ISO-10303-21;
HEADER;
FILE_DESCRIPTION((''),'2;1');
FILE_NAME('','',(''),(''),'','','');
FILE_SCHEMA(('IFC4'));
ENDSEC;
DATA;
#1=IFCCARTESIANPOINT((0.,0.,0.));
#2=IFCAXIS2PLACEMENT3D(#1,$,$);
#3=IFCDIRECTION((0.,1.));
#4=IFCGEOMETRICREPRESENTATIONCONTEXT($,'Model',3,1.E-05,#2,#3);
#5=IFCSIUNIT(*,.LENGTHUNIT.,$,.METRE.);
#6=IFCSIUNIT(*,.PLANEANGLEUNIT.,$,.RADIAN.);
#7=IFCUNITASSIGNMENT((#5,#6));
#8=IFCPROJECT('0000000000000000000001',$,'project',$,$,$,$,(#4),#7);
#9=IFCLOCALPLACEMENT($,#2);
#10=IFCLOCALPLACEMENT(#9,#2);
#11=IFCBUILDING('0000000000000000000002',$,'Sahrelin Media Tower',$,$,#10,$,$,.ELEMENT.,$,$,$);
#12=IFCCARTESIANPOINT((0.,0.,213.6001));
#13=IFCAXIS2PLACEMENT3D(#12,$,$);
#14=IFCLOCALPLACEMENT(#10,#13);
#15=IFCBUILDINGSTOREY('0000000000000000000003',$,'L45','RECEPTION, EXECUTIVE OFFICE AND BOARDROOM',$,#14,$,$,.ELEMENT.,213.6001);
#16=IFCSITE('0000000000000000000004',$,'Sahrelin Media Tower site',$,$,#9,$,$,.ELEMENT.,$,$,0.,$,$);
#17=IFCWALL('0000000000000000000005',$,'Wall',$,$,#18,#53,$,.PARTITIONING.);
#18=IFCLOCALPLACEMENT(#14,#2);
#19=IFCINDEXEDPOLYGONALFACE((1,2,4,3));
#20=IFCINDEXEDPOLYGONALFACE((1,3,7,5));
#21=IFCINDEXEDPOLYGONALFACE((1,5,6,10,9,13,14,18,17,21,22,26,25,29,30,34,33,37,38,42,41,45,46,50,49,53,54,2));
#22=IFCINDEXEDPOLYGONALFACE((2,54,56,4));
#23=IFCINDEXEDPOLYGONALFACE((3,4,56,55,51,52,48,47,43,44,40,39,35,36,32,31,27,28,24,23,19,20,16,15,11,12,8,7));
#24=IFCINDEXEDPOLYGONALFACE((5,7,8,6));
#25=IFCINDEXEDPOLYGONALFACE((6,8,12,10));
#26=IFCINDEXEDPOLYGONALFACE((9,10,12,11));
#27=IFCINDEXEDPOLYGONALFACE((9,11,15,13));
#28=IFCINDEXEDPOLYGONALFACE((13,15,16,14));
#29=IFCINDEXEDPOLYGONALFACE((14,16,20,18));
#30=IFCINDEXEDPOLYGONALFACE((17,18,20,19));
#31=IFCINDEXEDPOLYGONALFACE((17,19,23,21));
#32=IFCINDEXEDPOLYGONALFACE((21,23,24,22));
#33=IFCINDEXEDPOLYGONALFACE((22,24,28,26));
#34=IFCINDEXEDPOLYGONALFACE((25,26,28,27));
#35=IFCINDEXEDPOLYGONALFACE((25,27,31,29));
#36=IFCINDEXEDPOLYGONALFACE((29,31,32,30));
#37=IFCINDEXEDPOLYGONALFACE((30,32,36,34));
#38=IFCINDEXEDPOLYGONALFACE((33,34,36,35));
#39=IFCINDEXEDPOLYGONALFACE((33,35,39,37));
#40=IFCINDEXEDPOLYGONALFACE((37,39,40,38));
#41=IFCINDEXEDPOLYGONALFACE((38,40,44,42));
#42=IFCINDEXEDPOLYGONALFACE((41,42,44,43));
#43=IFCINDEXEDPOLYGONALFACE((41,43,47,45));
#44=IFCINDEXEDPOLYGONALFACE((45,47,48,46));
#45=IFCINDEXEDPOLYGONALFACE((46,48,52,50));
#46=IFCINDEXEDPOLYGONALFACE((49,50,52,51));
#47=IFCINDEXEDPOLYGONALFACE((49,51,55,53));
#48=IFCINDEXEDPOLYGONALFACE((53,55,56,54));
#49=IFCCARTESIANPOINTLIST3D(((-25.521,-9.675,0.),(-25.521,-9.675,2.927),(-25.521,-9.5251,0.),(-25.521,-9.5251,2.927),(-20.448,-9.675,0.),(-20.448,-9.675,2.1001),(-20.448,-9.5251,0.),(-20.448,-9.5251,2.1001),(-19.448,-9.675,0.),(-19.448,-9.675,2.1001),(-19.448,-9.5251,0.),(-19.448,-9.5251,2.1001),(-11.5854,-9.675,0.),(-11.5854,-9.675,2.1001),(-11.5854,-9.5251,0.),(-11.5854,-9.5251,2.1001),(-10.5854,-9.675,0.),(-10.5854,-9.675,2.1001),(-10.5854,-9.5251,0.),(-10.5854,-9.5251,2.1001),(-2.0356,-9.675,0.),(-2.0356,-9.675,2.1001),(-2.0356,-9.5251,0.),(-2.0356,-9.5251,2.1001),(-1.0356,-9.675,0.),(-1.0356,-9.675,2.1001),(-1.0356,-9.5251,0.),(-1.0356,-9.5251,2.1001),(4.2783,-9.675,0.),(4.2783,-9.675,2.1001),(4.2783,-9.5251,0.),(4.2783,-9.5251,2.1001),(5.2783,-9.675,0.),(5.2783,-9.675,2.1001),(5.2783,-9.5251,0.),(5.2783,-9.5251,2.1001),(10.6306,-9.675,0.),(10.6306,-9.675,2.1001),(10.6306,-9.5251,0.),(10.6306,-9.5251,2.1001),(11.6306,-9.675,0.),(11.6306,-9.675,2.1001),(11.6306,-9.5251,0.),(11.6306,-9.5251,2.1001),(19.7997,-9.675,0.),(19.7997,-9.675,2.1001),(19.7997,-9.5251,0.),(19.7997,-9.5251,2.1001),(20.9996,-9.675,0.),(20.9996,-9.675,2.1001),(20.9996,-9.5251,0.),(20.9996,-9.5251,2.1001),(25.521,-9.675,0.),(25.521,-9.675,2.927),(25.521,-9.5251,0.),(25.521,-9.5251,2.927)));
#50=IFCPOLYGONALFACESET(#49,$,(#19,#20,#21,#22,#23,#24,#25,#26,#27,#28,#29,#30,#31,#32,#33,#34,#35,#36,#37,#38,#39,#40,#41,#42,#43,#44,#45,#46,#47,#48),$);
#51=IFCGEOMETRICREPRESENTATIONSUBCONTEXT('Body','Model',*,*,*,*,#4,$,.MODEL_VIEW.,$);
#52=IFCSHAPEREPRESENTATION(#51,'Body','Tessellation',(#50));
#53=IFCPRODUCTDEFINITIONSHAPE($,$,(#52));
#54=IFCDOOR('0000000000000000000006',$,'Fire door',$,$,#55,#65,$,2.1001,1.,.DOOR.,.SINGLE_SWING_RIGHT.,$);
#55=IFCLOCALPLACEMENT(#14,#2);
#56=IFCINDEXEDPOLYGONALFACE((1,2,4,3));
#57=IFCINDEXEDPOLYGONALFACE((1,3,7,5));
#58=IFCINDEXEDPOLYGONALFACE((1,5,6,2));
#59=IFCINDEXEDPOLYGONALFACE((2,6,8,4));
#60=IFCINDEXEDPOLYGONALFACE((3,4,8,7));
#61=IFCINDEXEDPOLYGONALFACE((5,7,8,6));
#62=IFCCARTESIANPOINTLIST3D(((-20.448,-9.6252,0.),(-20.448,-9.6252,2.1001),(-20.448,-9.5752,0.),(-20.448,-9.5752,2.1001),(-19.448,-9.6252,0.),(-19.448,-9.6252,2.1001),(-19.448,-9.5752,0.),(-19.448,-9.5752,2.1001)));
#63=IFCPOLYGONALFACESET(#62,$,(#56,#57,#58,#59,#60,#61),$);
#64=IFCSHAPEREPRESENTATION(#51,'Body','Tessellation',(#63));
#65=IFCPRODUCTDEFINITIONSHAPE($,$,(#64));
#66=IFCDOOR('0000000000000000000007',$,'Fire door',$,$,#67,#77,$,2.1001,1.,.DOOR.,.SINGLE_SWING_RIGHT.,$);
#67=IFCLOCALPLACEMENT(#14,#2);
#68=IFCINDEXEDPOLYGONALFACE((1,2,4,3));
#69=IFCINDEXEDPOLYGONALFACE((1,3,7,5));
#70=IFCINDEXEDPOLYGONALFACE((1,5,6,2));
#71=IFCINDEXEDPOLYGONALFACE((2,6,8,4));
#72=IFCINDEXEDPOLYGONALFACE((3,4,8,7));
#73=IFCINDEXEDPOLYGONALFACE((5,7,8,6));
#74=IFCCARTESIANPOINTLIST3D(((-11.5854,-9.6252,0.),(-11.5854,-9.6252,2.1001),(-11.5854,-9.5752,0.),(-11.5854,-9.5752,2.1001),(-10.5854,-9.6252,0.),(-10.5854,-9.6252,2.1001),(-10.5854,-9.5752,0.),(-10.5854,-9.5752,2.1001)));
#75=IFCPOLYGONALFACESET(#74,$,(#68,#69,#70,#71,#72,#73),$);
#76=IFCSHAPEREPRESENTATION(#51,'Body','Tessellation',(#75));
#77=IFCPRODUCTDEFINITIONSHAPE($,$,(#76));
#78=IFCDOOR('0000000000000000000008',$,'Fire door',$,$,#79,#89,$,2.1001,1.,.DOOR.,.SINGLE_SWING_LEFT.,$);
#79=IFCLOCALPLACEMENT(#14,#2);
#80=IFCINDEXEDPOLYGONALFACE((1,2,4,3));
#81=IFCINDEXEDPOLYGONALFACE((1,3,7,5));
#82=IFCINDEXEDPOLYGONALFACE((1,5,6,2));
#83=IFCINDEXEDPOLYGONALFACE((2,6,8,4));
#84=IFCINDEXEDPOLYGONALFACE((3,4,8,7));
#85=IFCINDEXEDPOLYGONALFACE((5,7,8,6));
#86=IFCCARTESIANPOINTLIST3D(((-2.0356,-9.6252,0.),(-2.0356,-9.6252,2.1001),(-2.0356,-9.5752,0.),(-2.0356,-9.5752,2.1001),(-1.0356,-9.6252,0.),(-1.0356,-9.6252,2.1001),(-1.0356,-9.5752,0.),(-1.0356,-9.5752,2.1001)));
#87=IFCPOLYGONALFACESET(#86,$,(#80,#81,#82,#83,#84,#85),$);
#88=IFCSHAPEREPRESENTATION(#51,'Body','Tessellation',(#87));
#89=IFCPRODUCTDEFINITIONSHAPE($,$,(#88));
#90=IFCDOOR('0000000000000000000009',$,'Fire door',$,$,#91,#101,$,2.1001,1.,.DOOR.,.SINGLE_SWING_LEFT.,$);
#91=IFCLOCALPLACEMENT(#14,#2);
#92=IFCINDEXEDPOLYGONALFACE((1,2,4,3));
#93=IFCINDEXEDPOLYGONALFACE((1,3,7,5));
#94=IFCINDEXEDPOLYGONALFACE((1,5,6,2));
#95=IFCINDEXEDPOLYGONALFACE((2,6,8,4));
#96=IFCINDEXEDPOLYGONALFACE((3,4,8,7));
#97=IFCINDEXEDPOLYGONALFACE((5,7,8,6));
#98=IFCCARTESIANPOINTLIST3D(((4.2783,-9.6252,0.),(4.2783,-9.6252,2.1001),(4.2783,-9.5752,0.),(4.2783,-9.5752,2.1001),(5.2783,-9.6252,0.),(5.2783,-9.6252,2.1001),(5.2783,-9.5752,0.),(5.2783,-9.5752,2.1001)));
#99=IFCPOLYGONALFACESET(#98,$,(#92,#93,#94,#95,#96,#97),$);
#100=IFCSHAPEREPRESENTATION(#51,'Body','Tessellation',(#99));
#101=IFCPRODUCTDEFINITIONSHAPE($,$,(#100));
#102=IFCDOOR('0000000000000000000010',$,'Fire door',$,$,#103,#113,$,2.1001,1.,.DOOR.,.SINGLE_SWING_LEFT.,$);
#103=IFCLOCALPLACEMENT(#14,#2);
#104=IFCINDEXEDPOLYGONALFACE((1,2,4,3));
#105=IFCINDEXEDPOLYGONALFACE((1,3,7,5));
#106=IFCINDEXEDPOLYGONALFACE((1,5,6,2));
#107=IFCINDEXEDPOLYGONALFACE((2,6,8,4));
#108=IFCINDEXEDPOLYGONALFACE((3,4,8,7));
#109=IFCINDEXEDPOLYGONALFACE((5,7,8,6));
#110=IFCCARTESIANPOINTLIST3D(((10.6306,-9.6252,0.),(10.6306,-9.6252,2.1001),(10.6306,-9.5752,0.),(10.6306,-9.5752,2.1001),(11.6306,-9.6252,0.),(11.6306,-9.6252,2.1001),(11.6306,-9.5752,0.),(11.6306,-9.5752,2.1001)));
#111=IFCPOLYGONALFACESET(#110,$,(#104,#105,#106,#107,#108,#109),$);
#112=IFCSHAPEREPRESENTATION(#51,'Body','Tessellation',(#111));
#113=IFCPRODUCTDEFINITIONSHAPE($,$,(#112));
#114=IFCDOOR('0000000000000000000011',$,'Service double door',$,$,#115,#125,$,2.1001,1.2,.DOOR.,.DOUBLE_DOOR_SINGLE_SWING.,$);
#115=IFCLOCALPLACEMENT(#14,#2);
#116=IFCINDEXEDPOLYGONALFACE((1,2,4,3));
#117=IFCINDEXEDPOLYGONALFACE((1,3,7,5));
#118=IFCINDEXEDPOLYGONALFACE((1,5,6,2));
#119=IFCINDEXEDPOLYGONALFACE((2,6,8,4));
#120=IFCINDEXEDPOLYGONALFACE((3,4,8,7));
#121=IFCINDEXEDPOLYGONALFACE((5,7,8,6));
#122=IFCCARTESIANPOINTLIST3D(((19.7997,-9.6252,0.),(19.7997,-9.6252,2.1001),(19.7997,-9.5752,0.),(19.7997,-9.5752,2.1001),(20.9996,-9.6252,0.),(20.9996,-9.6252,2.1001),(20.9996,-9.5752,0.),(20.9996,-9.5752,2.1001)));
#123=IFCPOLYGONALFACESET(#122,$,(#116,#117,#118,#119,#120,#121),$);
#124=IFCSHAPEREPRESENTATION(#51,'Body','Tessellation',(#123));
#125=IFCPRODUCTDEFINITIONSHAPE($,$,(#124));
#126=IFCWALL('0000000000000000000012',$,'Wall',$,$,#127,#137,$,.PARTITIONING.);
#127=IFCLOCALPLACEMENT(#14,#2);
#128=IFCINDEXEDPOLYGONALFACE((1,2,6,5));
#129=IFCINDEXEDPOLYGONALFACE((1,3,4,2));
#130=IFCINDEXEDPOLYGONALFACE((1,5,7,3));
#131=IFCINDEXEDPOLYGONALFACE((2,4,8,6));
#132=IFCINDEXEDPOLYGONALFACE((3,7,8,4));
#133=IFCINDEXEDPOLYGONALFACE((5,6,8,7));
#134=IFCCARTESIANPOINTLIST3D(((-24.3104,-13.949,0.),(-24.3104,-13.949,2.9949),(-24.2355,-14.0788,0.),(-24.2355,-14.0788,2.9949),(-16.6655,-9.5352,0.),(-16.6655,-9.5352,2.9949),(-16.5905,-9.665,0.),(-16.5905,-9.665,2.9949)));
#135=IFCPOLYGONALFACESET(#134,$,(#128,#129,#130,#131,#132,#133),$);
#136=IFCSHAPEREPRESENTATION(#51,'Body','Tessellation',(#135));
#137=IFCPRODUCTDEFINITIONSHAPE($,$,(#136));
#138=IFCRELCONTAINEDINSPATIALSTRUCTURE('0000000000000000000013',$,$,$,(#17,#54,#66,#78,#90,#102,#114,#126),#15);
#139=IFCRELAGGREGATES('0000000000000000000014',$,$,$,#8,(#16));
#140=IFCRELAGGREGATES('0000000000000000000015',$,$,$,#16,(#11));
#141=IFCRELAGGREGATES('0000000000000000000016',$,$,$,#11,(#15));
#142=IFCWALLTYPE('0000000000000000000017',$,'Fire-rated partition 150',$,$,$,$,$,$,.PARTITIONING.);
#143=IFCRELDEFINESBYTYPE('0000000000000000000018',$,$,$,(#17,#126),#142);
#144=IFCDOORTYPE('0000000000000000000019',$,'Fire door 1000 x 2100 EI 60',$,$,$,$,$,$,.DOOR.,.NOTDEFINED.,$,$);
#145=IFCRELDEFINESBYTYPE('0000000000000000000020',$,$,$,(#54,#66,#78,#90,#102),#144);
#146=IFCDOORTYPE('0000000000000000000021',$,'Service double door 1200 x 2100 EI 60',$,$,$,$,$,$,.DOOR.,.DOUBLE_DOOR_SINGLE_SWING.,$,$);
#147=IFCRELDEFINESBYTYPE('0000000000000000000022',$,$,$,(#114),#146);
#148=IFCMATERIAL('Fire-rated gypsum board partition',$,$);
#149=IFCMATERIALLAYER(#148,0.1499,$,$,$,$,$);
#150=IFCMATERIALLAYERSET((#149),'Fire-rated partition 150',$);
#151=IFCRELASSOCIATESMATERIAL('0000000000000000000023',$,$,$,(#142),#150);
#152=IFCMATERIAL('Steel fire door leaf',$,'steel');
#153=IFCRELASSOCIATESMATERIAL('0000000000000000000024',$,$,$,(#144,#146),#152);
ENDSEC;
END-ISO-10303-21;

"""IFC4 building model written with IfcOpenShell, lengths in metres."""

from ifc_helpers import new_model, si_unit, direction, frame, frame_2d, origin, place, context, subcontext, project, spatial, rectangle, extrude, material, layer, layer_set, type_object, element, fill, save


model = new_model("IFC4")

# Units and contexts
model_context = context("Model", 3, precision=1e-05, world=origin(), true_north=direction((0.0, 1.0)))
body_context = subcontext(model_context, "Body", "Model", "MODEL_VIEW")
ifc_project = project(units=[si_unit("LENGTHUNIT", "METRE"), si_unit("PLANEANGLEUNIT", "RADIAN")], contexts=[model_context])

# Site, building, storey
site_placement = place(None, origin())
site = spatial("IfcSite", under=ifc_project, at=site_placement, Name="Sahrelin Media Tower site", CompositionType="ELEMENT", RefElevation=0.0)
building_placement = place(site_placement, origin())
building = spatial("IfcBuilding", under=site, at=building_placement, Name="Sahrelin Media Tower", CompositionType="ELEMENT")
storey_placement = place(building_placement, frame((0.0, 0.0, 213.6001)))
storey = spatial("IfcBuildingStorey", under=building, at=storey_placement, Name="L45", Description="RECEPTION, EXECUTIVE OFFICE AND BOARDROOM", CompositionType="ELEMENT", Elevation=213.6001)

# Wall, openings, doors
ifc_material_1 = material(Name="Fire-rated gypsum board partition")
ifc_layer_1 = layer(ifc_material_1, 0.1499)
ifc_layer_set_1 = layer_set([ifc_layer_1], Name="Fire-rated partition 150")
wall_type_1 = type_object("IfcWallType", Name="Fire-rated partition 150", PredefinedType="PARTITIONING", material=ifc_layer_set_1)
wall_1_placement = place(storey_placement, frame((-25.521, -9.6001, 0.0), z_axis=(0.0, 0.0, 1.0), x_axis=(1.0, 0.0, 0.0)))
wall_1 = element("IfcWall", 1, at=wall_1_placement, inside=storey, type_object=wall_type_1, Name="Wall", PredefinedType="PARTITIONING", context=body_context, shape_type="SweptSolid", body=[
    extrude(rectangle(XDim=51.042, YDim=0.1499, at=frame_2d((25.521, 0.0))), origin(), (0.0, 0.0, 1.0), 2.927),
])
opening_1_placement = place(wall_1_placement, frame((5.073, 0.0, 0.0)))
opening_1 = element("IfcOpeningElement", 2, at=opening_1_placement, cuts=wall_1, PredefinedType="OPENING", context=body_context, shape_type="SweptSolid", body=[
    extrude(rectangle(XDim=1.0, YDim=2.1001, at=frame_2d((0.5, 1.05))), frame((0.0, 0.075, 0.0), z_axis=(0.0, -1.0, 0.0), x_axis=(1.0, 0.0, 0.0)), (0.0, 0.0, 1.0), 0.1499),
])
opening_2_placement = place(wall_1_placement, frame((13.9355, 0.0, 0.0)))
opening_2 = element("IfcOpeningElement", 3, at=opening_2_placement, cuts=wall_1, PredefinedType="OPENING", context=body_context, shape_type="SweptSolid", body=[
    extrude(rectangle(XDim=1.0, YDim=2.1001, at=frame_2d((0.5, 1.05))), frame((0.0, 0.075, 0.0), z_axis=(0.0, -1.0, 0.0), x_axis=(1.0, 0.0, 0.0)), (0.0, 0.0, 1.0), 0.1499),
])
opening_3_placement = place(wall_1_placement, frame((23.4854, 0.0, 0.0)))
opening_3 = element("IfcOpeningElement", 4, at=opening_3_placement, cuts=wall_1, PredefinedType="OPENING", context=body_context, shape_type="SweptSolid", body=[
    extrude(rectangle(XDim=1.0, YDim=2.1001, at=frame_2d((0.5, 1.05))), frame((0.0, 0.075, 0.0), z_axis=(0.0, -1.0, 0.0), x_axis=(1.0, 0.0, 0.0)), (0.0, 0.0, 1.0), 0.1499),
])
opening_4_placement = place(wall_1_placement, frame((29.7993, 0.0, 0.0)))
opening_4 = element("IfcOpeningElement", 5, at=opening_4_placement, cuts=wall_1, PredefinedType="OPENING", context=body_context, shape_type="SweptSolid", body=[
    extrude(rectangle(XDim=1.0, YDim=2.1001, at=frame_2d((0.5, 1.05))), frame((0.0, 0.075, 0.0), z_axis=(0.0, -1.0, 0.0), x_axis=(1.0, 0.0, 0.0)), (0.0, 0.0, 1.0), 0.1499),
])
opening_5_placement = place(wall_1_placement, frame((36.1516, 0.0, 0.0)))
opening_5 = element("IfcOpeningElement", 6, at=opening_5_placement, cuts=wall_1, PredefinedType="OPENING", context=body_context, shape_type="SweptSolid", body=[
    extrude(rectangle(XDim=1.0, YDim=2.1001, at=frame_2d((0.5, 1.05))), frame((0.0, 0.075, 0.0), z_axis=(0.0, -1.0, 0.0), x_axis=(1.0, 0.0, 0.0)), (0.0, 0.0, 1.0), 0.1499),
])
opening_6_placement = place(wall_1_placement, frame((45.3206, 0.0, 0.0)))
opening_6 = element("IfcOpeningElement", 7, at=opening_6_placement, cuts=wall_1, PredefinedType="OPENING", context=body_context, shape_type="SweptSolid", body=[
    extrude(rectangle(XDim=1.2, YDim=2.1001, at=frame_2d((0.6001, 1.05))), frame((0.0, 0.075, 0.0), z_axis=(0.0, -1.0, 0.0), x_axis=(1.0, 0.0, 0.0)), (0.0, 0.0, 1.0), 0.1499),
])
ifc_material_2 = material(Name="Steel fire door leaf", Category="steel")
door_type_1 = type_object("IfcDoorType", Name="Fire door 1000 x 2100 EI 60", OperationType="NOTDEFINED", PredefinedType="DOOR", material=ifc_material_2)
door_1_placement = place(opening_1_placement, origin())
door_1 = element("IfcDoor", 8, at=door_1_placement, inside=storey, type_object=door_type_1, Name="Fire door", OperationType="SINGLE_SWING_RIGHT", OverallHeight=2.1001, OverallWidth=1.0, PredefinedType="DOOR", context=body_context, shape_type="SweptSolid", body=[
    extrude(rectangle(XDim=1.0, YDim=2.1001, at=frame_2d((0.5, 1.05))), frame((0.0, 0.0249, 0.0), z_axis=(0.0, -1.0, 0.0), x_axis=(1.0, 0.0, 0.0)), (0.0, 0.0, 1.0), 0.05),
])
fill(opening_1, door_1)
door_2_placement = place(opening_2_placement, origin())
door_2 = element("IfcDoor", 9, at=door_2_placement, inside=storey, type_object=door_type_1, Name="Fire door", OperationType="SINGLE_SWING_RIGHT", OverallHeight=2.1001, OverallWidth=1.0, PredefinedType="DOOR", context=body_context, shape_type="SweptSolid", body=[
    extrude(rectangle(XDim=1.0, YDim=2.1001, at=frame_2d((0.5, 1.05))), frame((0.0, 0.0249, 0.0), z_axis=(0.0, -1.0, 0.0), x_axis=(1.0, 0.0, 0.0)), (0.0, 0.0, 1.0), 0.05),
])
fill(opening_2, door_2)
door_3_placement = place(opening_3_placement, origin())
door_3 = element("IfcDoor", 10, at=door_3_placement, inside=storey, type_object=door_type_1, Name="Fire door", OperationType="SINGLE_SWING_LEFT", OverallHeight=2.1001, OverallWidth=1.0, PredefinedType="DOOR", context=body_context, shape_type="SweptSolid", body=[
    extrude(rectangle(XDim=1.0, YDim=2.1001, at=frame_2d((0.5, 1.05))), frame((0.0, 0.0249, 0.0), z_axis=(0.0, -1.0, 0.0), x_axis=(1.0, 0.0, 0.0)), (0.0, 0.0, 1.0), 0.05),
])
fill(opening_3, door_3)
door_4_placement = place(opening_4_placement, origin())
door_4 = element("IfcDoor", 11, at=door_4_placement, inside=storey, type_object=door_type_1, Name="Fire door", OperationType="SINGLE_SWING_LEFT", OverallHeight=2.1001, OverallWidth=1.0, PredefinedType="DOOR", context=body_context, shape_type="SweptSolid", body=[
    extrude(rectangle(XDim=1.0, YDim=2.1001, at=frame_2d((0.5, 1.05))), frame((0.0, 0.0249, 0.0), z_axis=(0.0, -1.0, 0.0), x_axis=(1.0, 0.0, 0.0)), (0.0, 0.0, 1.0), 0.05),
])
fill(opening_4, door_4)
door_5_placement = place(opening_5_placement, origin())
door_5 = element("IfcDoor", 12, at=door_5_placement, inside=storey, type_object=door_type_1, Name="Fire door", OperationType="SINGLE_SWING_LEFT", OverallHeight=2.1001, OverallWidth=1.0, PredefinedType="DOOR", context=body_context, shape_type="SweptSolid", body=[
    extrude(rectangle(XDim=1.0, YDim=2.1001, at=frame_2d((0.5, 1.05))), frame((0.0, 0.0249, 0.0), z_axis=(0.0, -1.0, 0.0), x_axis=(1.0, 0.0, 0.0)), (0.0, 0.0, 1.0), 0.05),
])
fill(opening_5, door_5)
door_type_2 = type_object("IfcDoorType", Name="Service double door 1200 x 2100 EI 60", OperationType="DOUBLE_DOOR_SINGLE_SWING", PredefinedType="DOOR", material=ifc_material_2)
door_6_placement = place(opening_6_placement, origin())
door_6 = element("IfcDoor", 13, at=door_6_placement, inside=storey, type_object=door_type_2, Name="Service double door", OperationType="DOUBLE_DOOR_SINGLE_SWING", OverallHeight=2.1001, OverallWidth=1.2, PredefinedType="DOOR", context=body_context, shape_type="SweptSolid", body=[
    extrude(rectangle(XDim=1.2, YDim=2.1001, at=frame_2d((0.6001, 1.05))), frame((0.0, 0.0249, 0.0), z_axis=(0.0, -1.0, 0.0), x_axis=(1.0, 0.0, 0.0)), (0.0, 0.0, 1.0), 0.05),
])
fill(opening_6, door_6)

# Wall
wall_2_placement = place(storey_placement, frame((-24.2729, -14.0139, 0.0), z_axis=(0.0, 0.0, 1.0), x_axis=(0.866027, 0.499997, 0.0)))
element("IfcWall", 14, at=wall_2_placement, inside=storey, type_object=wall_type_1, Name="Wall", PredefinedType="PARTITIONING", context=body_context, shape_type="SweptSolid", body=[
    extrude(rectangle(XDim=8.8276, YDim=0.1499, at=frame_2d((4.4138, 0.0))), origin(), (0.0, 0.0, 1.0), 2.9949),
])

save(model, "model.ifc")
